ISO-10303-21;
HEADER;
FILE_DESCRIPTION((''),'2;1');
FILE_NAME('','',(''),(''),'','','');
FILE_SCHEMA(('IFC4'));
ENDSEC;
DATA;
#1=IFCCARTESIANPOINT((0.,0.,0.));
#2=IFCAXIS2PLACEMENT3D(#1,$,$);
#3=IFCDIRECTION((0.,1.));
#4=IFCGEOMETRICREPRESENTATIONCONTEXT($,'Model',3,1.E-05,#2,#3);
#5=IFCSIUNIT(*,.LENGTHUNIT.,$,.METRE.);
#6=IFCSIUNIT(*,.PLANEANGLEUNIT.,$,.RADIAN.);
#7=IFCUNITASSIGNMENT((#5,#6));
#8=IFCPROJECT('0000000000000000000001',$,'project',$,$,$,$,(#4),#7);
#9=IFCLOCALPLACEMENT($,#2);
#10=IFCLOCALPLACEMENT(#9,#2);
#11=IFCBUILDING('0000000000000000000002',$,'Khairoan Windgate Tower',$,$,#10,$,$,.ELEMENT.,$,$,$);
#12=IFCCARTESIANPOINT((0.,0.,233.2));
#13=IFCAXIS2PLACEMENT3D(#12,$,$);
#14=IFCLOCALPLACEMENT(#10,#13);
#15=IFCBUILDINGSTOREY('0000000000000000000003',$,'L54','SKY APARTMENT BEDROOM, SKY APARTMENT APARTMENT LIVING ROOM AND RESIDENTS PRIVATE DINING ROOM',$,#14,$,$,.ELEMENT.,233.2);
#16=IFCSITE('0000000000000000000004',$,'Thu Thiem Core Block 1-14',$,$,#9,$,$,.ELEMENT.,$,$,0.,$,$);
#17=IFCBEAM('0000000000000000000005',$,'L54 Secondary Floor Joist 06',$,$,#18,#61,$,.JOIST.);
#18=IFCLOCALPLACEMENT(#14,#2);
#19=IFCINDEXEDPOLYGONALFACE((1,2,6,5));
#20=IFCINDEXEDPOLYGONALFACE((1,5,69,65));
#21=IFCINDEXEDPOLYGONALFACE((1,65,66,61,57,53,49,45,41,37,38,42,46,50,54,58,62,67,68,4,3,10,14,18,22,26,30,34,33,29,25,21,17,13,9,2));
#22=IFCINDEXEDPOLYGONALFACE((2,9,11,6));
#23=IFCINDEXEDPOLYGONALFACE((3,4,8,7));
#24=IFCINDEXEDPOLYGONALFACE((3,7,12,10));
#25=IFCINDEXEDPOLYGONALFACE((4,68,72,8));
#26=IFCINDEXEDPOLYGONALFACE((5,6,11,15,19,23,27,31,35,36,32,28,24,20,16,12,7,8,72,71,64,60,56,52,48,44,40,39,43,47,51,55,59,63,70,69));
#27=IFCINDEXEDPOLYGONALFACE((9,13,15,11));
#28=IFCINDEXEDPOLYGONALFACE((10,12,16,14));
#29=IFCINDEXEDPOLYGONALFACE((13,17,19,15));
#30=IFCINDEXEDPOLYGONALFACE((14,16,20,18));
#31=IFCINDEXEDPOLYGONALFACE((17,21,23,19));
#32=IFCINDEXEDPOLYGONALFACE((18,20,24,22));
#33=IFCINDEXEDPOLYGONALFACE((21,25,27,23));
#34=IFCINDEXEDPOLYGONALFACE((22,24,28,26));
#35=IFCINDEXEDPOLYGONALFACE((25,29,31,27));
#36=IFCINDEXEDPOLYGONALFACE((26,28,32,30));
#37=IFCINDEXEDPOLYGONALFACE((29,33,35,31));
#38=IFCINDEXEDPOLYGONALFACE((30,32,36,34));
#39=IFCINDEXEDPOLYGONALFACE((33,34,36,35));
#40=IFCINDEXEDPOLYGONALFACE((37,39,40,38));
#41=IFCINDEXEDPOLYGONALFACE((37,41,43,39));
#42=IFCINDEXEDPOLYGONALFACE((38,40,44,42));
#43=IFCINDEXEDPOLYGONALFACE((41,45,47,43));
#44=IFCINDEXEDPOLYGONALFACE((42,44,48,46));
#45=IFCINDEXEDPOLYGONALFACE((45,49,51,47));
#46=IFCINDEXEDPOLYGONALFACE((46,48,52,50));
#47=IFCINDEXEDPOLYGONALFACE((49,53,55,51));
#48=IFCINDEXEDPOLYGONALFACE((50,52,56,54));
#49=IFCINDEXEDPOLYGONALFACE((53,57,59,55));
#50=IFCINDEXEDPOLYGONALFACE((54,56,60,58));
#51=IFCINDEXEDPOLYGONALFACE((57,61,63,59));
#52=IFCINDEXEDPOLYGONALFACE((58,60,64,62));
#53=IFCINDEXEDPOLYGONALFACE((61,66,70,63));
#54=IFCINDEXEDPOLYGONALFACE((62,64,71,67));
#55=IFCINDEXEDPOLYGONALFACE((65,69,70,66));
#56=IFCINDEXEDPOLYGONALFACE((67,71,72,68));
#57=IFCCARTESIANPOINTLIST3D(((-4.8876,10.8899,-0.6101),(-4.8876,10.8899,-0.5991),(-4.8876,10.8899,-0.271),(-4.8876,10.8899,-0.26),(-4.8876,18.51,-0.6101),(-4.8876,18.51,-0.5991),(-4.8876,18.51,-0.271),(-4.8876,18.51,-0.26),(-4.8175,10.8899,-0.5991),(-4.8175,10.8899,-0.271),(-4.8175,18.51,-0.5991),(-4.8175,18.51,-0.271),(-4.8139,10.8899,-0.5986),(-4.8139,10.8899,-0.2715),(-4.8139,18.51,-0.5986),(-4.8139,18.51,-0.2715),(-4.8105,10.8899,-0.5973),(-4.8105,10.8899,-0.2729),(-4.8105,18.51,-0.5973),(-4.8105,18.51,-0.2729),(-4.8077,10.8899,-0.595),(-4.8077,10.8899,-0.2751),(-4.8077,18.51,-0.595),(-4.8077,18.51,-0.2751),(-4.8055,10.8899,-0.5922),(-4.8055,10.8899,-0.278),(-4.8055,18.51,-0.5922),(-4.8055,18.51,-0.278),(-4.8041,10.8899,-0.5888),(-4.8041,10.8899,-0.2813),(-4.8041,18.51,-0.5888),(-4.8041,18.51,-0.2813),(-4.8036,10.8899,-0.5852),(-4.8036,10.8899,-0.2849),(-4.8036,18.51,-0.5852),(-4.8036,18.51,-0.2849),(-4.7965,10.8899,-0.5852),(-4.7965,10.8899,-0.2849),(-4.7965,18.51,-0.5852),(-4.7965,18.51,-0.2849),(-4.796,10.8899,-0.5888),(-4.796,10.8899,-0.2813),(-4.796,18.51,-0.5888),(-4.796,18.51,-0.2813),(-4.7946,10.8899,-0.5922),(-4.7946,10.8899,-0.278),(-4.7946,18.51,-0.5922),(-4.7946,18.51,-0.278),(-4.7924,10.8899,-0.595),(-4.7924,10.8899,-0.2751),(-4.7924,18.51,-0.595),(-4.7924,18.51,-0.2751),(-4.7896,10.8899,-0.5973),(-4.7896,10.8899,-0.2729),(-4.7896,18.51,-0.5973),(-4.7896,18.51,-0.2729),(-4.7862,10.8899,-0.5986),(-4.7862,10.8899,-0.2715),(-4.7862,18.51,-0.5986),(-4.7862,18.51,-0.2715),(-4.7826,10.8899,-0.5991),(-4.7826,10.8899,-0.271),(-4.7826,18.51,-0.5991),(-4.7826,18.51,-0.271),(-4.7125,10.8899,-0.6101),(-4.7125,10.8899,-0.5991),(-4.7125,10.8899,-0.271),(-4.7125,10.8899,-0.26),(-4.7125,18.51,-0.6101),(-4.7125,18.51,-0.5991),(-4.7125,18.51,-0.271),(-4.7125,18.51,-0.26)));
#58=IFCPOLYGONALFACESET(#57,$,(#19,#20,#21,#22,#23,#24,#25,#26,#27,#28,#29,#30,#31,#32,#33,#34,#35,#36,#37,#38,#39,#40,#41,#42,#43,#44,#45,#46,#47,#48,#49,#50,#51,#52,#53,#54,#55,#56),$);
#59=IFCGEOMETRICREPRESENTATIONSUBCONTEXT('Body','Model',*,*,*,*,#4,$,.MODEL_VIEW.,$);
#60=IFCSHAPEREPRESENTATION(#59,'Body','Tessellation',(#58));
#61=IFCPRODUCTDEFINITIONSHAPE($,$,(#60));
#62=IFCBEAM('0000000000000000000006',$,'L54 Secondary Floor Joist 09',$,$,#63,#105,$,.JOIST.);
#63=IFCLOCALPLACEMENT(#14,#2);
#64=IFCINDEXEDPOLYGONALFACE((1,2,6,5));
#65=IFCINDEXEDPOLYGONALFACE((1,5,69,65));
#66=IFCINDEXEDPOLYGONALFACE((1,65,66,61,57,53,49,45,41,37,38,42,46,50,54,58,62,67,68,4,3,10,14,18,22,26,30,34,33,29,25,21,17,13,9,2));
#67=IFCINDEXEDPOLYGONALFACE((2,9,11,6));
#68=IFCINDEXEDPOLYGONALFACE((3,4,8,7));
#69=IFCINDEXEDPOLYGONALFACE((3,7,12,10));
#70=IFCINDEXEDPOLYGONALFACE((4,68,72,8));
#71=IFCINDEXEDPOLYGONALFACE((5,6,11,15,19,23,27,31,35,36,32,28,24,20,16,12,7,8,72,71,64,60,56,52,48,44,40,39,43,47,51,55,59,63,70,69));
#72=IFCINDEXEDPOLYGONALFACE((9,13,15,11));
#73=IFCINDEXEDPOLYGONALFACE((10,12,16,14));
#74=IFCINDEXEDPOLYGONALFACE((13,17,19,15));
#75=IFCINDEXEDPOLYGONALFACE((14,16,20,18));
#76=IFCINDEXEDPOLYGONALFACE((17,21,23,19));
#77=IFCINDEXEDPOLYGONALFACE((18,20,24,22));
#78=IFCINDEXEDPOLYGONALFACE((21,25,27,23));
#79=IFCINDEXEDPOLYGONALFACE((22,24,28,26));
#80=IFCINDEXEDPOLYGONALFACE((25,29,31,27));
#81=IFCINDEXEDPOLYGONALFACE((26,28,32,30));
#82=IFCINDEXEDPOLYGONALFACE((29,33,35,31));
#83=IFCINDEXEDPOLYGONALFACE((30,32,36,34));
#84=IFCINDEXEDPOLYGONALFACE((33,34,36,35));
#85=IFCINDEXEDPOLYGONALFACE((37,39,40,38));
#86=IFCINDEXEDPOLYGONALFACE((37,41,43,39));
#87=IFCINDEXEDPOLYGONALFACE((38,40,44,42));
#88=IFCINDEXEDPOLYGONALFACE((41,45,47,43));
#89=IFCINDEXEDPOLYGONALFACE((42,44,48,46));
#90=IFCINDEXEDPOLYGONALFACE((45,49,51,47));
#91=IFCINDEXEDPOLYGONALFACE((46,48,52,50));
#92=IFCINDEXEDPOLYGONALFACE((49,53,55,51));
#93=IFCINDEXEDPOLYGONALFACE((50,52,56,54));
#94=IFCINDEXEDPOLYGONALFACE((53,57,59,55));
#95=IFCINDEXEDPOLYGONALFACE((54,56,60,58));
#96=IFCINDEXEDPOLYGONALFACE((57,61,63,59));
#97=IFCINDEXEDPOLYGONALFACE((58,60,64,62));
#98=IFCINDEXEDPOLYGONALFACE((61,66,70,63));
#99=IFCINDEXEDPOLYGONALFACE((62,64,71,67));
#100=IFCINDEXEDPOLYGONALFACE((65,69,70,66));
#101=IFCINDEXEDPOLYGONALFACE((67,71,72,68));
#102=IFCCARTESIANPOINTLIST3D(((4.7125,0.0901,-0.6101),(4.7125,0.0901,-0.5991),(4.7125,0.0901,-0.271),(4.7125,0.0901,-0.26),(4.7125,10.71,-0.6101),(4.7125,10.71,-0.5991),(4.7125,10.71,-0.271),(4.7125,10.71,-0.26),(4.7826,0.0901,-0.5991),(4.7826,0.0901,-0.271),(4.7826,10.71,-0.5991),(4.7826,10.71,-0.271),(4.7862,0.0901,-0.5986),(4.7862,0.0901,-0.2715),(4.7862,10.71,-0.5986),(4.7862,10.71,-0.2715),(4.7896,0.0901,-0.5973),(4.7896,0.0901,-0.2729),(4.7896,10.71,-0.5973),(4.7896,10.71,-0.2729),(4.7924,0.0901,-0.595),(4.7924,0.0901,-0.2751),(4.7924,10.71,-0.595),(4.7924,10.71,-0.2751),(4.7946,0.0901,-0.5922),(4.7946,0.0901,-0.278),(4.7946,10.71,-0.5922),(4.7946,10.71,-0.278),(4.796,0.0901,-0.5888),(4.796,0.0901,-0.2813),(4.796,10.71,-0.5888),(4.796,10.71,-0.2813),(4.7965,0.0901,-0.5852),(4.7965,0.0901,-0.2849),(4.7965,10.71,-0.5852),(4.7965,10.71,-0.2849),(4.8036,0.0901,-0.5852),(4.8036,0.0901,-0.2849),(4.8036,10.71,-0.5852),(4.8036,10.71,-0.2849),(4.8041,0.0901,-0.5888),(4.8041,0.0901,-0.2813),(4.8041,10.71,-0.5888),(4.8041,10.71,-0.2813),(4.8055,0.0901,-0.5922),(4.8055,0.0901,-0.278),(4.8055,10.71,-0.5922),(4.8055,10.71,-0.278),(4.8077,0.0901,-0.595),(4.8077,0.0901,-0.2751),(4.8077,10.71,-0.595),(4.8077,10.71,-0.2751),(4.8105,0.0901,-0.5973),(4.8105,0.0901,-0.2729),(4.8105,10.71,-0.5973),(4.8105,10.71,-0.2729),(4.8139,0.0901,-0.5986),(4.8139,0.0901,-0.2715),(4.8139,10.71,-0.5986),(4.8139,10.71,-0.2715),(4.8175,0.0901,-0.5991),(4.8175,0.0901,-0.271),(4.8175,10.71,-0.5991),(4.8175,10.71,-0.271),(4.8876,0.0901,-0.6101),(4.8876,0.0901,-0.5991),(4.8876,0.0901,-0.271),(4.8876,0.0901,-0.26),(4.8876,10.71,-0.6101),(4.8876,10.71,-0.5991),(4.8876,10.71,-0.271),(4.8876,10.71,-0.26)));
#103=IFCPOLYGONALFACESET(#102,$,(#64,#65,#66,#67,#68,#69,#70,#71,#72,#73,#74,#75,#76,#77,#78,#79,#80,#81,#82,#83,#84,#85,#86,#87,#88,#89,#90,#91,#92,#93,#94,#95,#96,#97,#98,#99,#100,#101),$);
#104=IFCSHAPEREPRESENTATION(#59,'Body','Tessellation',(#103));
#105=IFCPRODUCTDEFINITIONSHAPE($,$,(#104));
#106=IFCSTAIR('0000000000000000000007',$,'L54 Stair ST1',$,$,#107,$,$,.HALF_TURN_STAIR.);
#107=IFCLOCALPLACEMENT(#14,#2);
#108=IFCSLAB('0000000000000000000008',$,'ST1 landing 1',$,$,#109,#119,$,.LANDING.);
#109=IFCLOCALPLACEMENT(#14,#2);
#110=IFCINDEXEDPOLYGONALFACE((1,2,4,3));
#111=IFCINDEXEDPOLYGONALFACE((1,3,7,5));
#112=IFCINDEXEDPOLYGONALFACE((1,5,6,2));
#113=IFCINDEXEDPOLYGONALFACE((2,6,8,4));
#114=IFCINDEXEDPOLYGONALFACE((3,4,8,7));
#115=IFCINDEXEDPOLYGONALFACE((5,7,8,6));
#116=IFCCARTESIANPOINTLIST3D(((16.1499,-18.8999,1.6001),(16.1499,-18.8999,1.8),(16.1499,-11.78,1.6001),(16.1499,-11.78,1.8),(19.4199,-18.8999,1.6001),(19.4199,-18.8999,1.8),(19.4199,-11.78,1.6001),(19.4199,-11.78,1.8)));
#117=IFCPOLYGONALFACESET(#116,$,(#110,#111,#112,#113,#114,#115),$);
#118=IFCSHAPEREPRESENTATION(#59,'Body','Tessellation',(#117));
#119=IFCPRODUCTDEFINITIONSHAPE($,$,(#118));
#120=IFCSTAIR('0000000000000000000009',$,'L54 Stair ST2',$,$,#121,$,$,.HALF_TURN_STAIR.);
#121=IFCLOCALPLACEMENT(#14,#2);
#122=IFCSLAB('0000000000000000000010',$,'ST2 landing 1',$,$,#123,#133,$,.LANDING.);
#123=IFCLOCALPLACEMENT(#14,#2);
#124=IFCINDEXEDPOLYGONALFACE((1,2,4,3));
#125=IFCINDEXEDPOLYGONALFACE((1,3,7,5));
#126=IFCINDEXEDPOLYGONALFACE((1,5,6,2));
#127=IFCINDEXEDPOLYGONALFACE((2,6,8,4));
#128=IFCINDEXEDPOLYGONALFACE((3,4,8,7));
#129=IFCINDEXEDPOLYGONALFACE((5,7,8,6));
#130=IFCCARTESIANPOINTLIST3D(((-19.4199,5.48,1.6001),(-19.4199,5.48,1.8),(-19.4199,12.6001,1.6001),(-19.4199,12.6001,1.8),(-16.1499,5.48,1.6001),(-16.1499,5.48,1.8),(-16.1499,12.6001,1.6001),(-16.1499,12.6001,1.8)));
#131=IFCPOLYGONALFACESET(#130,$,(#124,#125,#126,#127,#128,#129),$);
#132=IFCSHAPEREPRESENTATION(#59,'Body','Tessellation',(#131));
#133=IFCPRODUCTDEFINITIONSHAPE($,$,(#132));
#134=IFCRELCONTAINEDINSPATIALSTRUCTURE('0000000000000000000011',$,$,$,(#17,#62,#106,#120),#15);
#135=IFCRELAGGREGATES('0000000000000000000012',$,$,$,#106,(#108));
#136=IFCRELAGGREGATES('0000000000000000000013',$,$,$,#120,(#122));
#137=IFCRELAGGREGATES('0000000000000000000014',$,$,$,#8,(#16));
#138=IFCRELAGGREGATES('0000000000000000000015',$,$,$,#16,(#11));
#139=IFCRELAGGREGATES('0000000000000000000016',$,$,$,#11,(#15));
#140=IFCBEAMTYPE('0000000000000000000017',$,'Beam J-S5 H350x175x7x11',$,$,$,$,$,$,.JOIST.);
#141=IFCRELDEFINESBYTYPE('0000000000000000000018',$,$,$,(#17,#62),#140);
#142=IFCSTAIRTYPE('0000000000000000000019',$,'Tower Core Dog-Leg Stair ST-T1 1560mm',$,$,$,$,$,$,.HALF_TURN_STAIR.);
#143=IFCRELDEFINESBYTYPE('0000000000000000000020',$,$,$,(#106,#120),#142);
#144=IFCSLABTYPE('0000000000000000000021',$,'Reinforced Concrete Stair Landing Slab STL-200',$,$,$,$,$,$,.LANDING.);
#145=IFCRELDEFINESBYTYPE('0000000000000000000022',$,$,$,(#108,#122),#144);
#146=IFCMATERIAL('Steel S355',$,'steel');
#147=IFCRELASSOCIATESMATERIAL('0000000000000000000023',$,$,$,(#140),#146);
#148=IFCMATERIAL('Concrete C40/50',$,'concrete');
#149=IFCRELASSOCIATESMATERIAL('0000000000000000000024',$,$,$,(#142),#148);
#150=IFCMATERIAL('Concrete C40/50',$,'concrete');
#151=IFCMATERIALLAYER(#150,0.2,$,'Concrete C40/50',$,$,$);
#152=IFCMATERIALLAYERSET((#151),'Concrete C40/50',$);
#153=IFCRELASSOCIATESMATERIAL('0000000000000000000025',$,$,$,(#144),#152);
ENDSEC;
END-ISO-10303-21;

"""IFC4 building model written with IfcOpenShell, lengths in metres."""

from ifc_helpers import new_model, si_unit, direction, frame, origin, origin_2d, place, context, subcontext, project, spatial, polyline, i_section, outline, extrude, material, layer, layer_set, material_profile, profile_set, type_object, element, aggregate, save


model = new_model("IFC4")

# Units and contexts
model_context = context("Model", 3, precision=1e-05, world=origin(), true_north=direction((0.0, 1.0)))
body_context = subcontext(model_context, "Body", "Model", "MODEL_VIEW")
ifc_project = project(units=[si_unit("LENGTHUNIT", "METRE"), si_unit("PLANEANGLEUNIT", "RADIAN")], contexts=[model_context])

# Site, building, storey
site_placement = place(None, origin())
site = spatial("IfcSite", under=ifc_project, at=site_placement, Name="Thu Thiem Core Block 1-14", CompositionType="ELEMENT", RefElevation=0.0)
building_placement = place(site_placement, origin())
building = spatial("IfcBuilding", under=site, at=building_placement, Name="Khairoan Windgate Tower", CompositionType="ELEMENT")
storey_placement = place(building_placement, frame((0.0, 0.0, 233.2)))
storey = spatial("IfcBuildingStorey", under=building, at=storey_placement, Name="L54", Description="SKY APARTMENT BEDROOM, SKY APARTMENT APARTMENT LIVING ROOM AND RESIDENTS PRIVATE DINING ROOM", CompositionType="ELEMENT", Elevation=233.2)

# Beams
ifc_material_1 = material(Name="Steel S355", Category="steel")
ifc_material_profile_1 = material_profile(ifc_material_1, i_section(OverallWidth=0.175, OverallDepth=0.3501, WebThickness=0.0071, FlangeThickness=0.011, FilletRadius=0.0139, at=origin_2d()))
ifc_profile_set_1 = profile_set([ifc_material_profile_1], Name="Steel S355")
beam_type_1 = type_object("IfcBeamType", Name="Beam J-S5 H350x175x7x11", PredefinedType="JOIST", material=ifc_profile_set_1)
beam_1_placement = place(storey_placement, frame((-4.8, 10.8899, -0.4351), z_axis=(0.0, 1.0, 0.0), x_axis=(-1.0, 0.0, 0.0)))
element("IfcBeam", 1, at=beam_1_placement, inside=storey, type_object=beam_type_1, Name="L54 Secondary Floor Joist 06", PredefinedType="JOIST", context=body_context, shape_type="SweptSolid", body=[
    extrude(i_section(OverallWidth=0.175, OverallDepth=0.3501, WebThickness=0.0071, FlangeThickness=0.011, FilletRadius=0.0139, at=origin_2d()), origin(), (0.0, 0.0, 1.0), 7.6201),
])
beam_2_placement = place(storey_placement, frame((4.8, 0.0901, -0.4351), z_axis=(0.0, 1.0, 0.0), x_axis=(-1.0, 0.0, 0.0)))
element("IfcBeam", 2, at=beam_2_placement, inside=storey, type_object=beam_type_1, Name="L54 Secondary Floor Joist 09", PredefinedType="JOIST", context=body_context, shape_type="SweptSolid", body=[
    extrude(i_section(OverallWidth=0.175, OverallDepth=0.3501, WebThickness=0.0071, FlangeThickness=0.011, FilletRadius=0.0139, at=origin_2d()), origin(), (0.0, 0.0, 1.0), 10.6199),
])

# Stairs, slabs
ifc_material_2 = material(Name="Concrete C40/50", Category="concrete")
stair_type = type_object("IfcStairType", Name="Tower Core Dog-Leg Stair ST-T1 1560mm", PredefinedType="HALF_TURN_STAIR", material=ifc_material_2)
stair_1_placement = place(storey_placement, origin())
stair_1 = element("IfcStair", 3, at=stair_1_placement, inside=storey, type_object=stair_type, Name="L54 Stair ST1", PredefinedType="HALF_TURN_STAIR")
ifc_material_3 = material(Name="Concrete C40/50", Category="concrete")
ifc_layer_1 = layer(ifc_material_3, 0.2, Name="Concrete C40/50")
ifc_layer_set_1 = layer_set([ifc_layer_1], Name="Concrete C40/50")
slab_type_1 = type_object("IfcSlabType", Name="Reinforced Concrete Stair Landing Slab STL-200", PredefinedType="LANDING", material=ifc_layer_set_1)
slab_1_placement = place(storey_placement, frame((0.0, 0.0, 1.6001)))
slab_1 = element("IfcSlab", 4, at=slab_1_placement, type_object=slab_type_1, Name="ST1 landing 1", PredefinedType="LANDING", context=body_context, shape_type="SweptSolid", body=[
    extrude(outline(polyline([(16.1499, -11.78), (16.1499, -18.8999), (19.4199, -18.8999), (19.4199, -11.78), (16.1499, -11.78)])), origin(), (0.0, 0.0, 1.0), 0.2),
])
aggregate(stair_1, [slab_1])
stair_2_placement = place(storey_placement, origin())
stair_2 = element("IfcStair", 5, at=stair_2_placement, inside=storey, type_object=stair_type, Name="L54 Stair ST2", PredefinedType="HALF_TURN_STAIR")
slab_2_placement = place(storey_placement, frame((0.0, 0.0, 1.6001)))
slab_2 = element("IfcSlab", 6, at=slab_2_placement, type_object=slab_type_1, Name="ST2 landing 1", PredefinedType="LANDING", context=body_context, shape_type="SweptSolid", body=[
    extrude(outline(polyline([(-16.1499, 5.48), (-16.1499, 12.6001), (-19.4199, 12.6001), (-19.4199, 5.48), (-16.1499, 5.48)])), origin(), (0.0, 0.0, 1.0), 0.2),
])
aggregate(stair_2, [slab_2])

save(model, "model.ifc")
